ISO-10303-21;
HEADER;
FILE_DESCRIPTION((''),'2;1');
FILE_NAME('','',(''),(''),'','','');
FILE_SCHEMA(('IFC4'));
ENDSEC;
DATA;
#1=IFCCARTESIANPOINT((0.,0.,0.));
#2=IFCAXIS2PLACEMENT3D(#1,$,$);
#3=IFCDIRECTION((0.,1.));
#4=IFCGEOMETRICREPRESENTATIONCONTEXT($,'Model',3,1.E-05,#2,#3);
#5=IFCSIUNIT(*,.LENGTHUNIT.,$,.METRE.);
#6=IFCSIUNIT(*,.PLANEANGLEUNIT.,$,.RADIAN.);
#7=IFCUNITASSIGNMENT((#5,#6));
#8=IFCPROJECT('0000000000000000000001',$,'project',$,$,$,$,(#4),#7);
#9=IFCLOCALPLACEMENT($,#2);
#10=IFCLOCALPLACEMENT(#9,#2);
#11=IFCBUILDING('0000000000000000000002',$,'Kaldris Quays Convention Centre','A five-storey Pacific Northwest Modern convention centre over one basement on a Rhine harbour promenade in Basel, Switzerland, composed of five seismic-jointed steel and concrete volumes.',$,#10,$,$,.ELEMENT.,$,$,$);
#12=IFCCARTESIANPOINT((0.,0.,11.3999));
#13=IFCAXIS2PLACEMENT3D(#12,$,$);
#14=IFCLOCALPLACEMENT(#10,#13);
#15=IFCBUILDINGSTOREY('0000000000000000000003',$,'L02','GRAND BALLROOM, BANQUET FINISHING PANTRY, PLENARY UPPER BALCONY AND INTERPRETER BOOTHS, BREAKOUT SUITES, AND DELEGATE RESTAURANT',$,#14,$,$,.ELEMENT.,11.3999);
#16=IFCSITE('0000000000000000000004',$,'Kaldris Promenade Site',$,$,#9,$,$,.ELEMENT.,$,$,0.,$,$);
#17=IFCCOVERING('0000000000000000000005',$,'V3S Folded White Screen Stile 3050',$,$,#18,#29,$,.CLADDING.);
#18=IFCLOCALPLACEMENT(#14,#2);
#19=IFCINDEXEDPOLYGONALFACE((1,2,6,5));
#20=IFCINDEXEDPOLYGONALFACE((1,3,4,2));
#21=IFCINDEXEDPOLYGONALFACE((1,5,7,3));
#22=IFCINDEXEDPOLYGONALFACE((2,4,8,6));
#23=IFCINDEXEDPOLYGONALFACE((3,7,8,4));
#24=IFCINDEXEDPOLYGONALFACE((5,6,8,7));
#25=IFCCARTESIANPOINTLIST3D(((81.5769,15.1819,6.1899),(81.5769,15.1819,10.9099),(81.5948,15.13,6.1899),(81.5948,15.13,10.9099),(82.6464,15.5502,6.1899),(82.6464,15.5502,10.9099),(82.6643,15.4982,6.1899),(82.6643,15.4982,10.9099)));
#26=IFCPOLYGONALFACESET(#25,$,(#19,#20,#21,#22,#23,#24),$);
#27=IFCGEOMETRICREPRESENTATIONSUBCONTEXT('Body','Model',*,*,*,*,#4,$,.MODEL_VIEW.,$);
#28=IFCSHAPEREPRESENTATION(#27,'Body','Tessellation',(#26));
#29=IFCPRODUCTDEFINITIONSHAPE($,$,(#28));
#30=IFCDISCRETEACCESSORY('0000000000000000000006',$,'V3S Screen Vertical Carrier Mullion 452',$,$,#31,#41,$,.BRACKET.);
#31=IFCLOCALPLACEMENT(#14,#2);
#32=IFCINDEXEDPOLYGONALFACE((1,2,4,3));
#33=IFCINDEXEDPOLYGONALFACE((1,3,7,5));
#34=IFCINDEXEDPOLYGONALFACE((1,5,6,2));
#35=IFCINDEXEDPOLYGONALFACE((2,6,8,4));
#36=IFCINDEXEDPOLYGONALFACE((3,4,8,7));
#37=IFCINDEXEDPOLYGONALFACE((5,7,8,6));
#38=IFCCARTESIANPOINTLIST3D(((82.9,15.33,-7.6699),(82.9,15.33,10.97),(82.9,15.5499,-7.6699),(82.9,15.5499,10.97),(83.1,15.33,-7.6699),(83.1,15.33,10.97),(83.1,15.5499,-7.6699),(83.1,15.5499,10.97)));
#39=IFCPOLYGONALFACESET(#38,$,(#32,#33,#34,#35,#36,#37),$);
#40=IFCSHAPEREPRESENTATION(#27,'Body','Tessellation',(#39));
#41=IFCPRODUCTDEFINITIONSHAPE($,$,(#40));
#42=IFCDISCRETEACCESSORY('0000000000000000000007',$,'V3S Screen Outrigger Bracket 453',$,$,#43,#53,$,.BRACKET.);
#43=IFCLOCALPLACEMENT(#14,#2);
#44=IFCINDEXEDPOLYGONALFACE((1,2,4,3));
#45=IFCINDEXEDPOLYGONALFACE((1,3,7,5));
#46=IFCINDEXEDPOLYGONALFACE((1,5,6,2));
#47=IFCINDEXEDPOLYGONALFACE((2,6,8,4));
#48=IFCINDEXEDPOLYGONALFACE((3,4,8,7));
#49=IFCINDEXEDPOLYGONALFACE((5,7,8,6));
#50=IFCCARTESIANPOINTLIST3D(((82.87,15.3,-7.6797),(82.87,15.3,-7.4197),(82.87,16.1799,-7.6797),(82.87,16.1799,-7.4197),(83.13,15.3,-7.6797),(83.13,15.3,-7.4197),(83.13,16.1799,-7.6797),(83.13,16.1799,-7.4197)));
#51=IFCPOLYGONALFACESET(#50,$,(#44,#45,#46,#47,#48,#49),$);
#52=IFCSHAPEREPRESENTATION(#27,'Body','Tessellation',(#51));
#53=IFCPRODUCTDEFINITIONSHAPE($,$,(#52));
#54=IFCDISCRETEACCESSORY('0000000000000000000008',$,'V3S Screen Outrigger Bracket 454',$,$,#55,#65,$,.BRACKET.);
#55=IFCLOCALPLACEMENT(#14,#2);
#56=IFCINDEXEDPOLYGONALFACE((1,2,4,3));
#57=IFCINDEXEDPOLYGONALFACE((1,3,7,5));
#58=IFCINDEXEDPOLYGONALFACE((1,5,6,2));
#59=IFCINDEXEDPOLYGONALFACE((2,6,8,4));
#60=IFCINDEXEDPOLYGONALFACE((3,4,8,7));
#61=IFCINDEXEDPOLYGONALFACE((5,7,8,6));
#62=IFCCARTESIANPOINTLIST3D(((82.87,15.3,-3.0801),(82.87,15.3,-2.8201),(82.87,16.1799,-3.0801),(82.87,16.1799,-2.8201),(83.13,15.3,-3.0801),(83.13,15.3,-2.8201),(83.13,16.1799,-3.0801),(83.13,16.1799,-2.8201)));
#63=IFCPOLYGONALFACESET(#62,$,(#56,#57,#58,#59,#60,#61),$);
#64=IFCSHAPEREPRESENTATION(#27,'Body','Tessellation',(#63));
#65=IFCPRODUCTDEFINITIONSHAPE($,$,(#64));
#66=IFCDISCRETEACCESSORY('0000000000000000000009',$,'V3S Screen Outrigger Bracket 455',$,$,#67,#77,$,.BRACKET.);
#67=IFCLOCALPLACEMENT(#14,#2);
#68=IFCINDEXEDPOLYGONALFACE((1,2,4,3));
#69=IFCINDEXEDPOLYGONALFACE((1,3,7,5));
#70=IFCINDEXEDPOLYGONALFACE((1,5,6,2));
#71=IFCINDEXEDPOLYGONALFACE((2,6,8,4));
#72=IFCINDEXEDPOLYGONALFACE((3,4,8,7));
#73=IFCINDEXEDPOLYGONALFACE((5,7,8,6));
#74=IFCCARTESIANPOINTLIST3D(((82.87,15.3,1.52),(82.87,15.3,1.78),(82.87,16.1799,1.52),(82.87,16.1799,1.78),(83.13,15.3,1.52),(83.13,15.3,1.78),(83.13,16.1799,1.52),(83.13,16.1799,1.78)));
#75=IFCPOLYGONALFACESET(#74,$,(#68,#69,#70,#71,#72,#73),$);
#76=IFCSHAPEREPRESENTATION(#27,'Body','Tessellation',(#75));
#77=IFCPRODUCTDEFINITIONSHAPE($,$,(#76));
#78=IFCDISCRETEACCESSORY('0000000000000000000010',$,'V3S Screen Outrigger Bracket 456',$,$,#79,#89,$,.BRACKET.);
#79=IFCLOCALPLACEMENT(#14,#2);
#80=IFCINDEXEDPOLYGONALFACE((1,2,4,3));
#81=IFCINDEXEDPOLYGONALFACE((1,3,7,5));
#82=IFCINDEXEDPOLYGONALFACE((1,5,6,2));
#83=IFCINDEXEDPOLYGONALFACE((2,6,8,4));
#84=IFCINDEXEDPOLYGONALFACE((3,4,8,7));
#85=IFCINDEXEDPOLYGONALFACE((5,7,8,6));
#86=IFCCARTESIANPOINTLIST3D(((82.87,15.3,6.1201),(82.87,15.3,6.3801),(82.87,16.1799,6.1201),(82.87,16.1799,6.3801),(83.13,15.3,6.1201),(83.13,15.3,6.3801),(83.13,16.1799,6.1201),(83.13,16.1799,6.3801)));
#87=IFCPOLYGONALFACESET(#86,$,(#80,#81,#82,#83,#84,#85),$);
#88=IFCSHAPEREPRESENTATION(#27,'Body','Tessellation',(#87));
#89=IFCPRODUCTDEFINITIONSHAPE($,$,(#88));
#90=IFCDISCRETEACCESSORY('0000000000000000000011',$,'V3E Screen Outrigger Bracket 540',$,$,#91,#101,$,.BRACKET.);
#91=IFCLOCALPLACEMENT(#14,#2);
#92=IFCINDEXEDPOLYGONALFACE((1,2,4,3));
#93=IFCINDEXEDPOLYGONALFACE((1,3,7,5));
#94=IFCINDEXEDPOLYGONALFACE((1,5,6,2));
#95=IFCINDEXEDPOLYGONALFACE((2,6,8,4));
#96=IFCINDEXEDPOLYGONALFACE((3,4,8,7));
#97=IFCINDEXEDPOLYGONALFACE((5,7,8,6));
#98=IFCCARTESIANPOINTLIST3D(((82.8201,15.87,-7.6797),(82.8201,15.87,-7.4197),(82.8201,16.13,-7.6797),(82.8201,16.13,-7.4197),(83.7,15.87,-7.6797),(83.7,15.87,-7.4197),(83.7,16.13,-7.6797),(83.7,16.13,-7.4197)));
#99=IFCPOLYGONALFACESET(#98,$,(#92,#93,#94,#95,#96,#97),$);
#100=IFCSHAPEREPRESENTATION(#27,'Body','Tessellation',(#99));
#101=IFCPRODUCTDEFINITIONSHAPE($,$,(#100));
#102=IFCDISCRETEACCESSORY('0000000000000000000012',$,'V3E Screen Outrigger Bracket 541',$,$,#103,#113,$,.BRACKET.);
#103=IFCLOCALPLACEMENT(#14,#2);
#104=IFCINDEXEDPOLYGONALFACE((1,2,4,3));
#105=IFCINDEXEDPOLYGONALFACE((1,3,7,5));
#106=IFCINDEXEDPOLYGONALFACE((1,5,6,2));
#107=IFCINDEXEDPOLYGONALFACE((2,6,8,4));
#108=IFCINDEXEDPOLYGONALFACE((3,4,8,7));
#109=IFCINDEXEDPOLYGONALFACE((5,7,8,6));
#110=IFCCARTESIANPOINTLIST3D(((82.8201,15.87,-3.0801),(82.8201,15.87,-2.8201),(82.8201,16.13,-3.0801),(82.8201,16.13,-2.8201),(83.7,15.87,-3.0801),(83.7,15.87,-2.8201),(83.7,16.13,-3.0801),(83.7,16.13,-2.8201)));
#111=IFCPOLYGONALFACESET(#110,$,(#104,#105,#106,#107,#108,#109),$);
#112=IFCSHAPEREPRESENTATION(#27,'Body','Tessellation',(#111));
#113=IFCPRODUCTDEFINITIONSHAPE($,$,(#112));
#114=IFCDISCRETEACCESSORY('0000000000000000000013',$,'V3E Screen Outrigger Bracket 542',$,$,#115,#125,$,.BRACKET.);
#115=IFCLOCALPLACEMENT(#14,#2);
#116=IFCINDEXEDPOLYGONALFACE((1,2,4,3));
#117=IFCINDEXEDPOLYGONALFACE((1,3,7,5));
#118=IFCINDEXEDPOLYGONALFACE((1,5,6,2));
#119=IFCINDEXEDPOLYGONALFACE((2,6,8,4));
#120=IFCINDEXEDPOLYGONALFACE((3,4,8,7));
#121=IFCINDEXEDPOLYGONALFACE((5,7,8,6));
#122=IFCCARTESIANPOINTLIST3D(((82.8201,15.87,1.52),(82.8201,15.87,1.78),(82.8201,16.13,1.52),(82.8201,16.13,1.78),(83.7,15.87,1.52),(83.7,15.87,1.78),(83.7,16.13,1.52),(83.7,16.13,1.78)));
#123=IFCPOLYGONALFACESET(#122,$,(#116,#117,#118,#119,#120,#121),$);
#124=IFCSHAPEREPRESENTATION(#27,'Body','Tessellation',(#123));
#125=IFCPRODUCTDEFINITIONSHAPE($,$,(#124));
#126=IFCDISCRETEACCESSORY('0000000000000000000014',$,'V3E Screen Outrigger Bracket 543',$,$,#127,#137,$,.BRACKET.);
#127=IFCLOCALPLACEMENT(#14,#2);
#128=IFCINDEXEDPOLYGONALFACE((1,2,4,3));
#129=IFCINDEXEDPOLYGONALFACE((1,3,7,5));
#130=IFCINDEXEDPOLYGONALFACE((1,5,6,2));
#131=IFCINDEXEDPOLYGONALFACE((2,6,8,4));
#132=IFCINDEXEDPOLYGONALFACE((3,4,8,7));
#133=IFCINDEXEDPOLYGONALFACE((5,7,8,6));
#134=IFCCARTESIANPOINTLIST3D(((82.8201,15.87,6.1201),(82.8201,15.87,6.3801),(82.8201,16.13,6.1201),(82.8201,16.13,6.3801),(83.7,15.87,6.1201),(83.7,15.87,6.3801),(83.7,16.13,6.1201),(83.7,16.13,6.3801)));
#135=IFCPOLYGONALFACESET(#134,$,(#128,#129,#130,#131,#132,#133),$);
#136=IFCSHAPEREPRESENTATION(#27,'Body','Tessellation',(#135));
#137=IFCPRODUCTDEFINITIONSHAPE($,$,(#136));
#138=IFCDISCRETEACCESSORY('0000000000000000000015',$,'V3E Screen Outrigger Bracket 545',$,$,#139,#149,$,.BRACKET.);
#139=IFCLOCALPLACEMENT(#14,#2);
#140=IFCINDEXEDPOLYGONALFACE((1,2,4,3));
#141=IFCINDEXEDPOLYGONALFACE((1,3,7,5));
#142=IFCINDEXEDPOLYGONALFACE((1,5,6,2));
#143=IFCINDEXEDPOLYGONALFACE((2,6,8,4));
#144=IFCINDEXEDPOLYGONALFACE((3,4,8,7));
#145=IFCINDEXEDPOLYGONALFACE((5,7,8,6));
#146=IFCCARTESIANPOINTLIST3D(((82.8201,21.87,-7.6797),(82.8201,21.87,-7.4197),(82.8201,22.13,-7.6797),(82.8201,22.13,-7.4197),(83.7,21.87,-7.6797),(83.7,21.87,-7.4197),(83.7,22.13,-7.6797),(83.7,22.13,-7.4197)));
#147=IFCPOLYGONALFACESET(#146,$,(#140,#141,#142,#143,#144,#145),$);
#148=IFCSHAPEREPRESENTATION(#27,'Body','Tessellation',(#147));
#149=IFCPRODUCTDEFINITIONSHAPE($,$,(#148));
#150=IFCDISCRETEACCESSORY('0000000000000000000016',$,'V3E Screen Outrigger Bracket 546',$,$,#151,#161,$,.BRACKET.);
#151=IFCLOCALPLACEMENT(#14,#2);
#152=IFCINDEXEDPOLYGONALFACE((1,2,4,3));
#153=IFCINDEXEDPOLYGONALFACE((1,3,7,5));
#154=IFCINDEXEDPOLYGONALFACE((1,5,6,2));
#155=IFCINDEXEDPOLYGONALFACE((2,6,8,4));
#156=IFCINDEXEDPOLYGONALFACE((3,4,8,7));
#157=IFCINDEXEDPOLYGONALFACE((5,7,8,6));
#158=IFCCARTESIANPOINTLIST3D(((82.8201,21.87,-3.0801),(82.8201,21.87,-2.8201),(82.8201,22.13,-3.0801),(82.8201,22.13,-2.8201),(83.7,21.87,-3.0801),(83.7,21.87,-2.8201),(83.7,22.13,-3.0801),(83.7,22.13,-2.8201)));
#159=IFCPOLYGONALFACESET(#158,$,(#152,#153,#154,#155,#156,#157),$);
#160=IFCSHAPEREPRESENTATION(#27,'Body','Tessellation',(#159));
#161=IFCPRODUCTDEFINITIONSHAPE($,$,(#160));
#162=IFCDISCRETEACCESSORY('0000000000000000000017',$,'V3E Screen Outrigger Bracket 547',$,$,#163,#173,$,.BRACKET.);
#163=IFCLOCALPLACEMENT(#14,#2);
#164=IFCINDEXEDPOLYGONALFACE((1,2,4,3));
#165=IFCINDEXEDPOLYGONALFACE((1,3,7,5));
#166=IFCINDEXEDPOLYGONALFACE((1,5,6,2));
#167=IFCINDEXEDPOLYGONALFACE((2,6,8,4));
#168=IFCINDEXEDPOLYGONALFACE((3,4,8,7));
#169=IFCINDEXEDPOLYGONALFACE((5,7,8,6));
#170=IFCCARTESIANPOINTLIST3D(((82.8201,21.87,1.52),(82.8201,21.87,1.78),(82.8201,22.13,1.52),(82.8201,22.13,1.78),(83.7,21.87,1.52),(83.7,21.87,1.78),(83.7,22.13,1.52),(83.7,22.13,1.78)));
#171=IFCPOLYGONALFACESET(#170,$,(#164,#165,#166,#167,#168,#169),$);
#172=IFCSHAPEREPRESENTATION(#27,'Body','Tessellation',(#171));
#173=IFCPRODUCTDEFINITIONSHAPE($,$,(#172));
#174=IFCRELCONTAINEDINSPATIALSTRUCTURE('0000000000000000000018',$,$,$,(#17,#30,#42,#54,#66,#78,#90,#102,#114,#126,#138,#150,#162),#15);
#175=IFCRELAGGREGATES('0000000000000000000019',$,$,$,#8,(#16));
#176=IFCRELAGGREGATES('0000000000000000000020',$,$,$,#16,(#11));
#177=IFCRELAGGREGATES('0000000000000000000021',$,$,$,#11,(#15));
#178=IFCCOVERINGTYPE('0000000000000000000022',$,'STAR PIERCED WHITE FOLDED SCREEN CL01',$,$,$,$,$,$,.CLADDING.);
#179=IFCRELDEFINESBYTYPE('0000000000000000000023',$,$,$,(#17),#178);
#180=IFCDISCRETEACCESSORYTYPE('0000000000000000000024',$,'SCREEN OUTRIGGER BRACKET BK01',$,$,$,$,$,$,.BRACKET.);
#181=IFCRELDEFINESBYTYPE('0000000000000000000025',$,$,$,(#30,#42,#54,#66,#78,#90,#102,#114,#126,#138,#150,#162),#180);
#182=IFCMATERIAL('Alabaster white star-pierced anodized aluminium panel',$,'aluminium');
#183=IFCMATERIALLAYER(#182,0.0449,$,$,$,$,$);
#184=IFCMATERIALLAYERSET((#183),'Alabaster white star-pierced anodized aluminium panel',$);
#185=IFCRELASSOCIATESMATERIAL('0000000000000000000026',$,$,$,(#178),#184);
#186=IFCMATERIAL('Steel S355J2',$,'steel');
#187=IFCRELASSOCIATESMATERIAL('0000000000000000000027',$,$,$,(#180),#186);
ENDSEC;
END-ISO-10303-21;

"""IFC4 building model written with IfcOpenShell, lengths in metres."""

from ifc_helpers import new_model, si_unit, direction, frame, origin, origin_2d, place, context, subcontext, project, spatial, rectangle, extrude, material, layer, layer_set, type_object, element, save


model = new_model("IFC4")

# Units and contexts
model_context = context("Model", 3, precision=1e-05, world=origin(), true_north=direction((0.0, 1.0)))
body_context = subcontext(model_context, "Body", "Model", "MODEL_VIEW")
ifc_project = project(units=[si_unit("LENGTHUNIT", "METRE"), si_unit("PLANEANGLEUNIT", "RADIAN")], contexts=[model_context])

# Site, building, storey
site_placement = place(None, origin())
site = spatial("IfcSite", under=ifc_project, at=site_placement, Name="Kaldris Promenade Site", CompositionType="ELEMENT", RefElevation=0.0)
building_placement = place(site_placement, origin())
building = spatial("IfcBuilding", under=site, at=building_placement, Name="Kaldris Quays Convention Centre", Description="A five-storey Pacific Northwest Modern convention centre over one basement on a Rhine harbour promenade in Basel, Switzerland, composed of five seismic-jointed steel and concrete volumes.", CompositionType="ELEMENT")
storey_placement = place(building_placement, frame((0.0, 0.0, 11.3999)))
storey = spatial("IfcBuildingStorey", under=building, at=storey_placement, Name="L02", Description="GRAND BALLROOM, BANQUET FINISHING PANTRY, PLENARY UPPER BALCONY AND INTERPRETER BOOTHS, BREAKOUT SUITES, AND DELEGATE RESTAURANT", CompositionType="ELEMENT", Elevation=11.3999)

# Shared definitions
ifc_material_1 = material(Name="Steel S355J2", Category="steel")

# Covering
ifc_material_2 = material(Name="Alabaster white star-pierced anodized aluminium panel", Category="aluminium")
ifc_layer_1 = layer(ifc_material_2, 0.0449)
ifc_layer_set_1 = layer_set([ifc_layer_1], Name="Alabaster white star-pierced anodized aluminium panel")
covering_type = type_object("IfcCoveringType", Name="STAR PIERCED WHITE FOLDED SCREEN CL01", PredefinedType="CLADDING", material=ifc_layer_set_1)
for number, where, z_axis, x_axis, name in (
    (1, (82.1206, 15.3401, 6.1899), (0.0, 0.0, 1.0), (0.945519, 0.325568, 0.0), "V3S Folded White Screen Stile 3050"),
):
    element("IfcCovering", number, at=place(storey_placement, frame(where, z_axis=z_axis, x_axis=x_axis)), inside=storey, type_object=covering_type, Name=name, PredefinedType="CLADDING", context=body_context, shape_type="SweptSolid", body=[
        extrude(rectangle(XDim=1.1311, YDim=0.0549, at=origin_2d()), origin(), (0.0, 0.0, 1.0), 4.72),
    ])

# Discrete accessories
discrete_accessory_type = type_object("IfcDiscreteAccessoryType", Name="SCREEN OUTRIGGER BRACKET BK01", PredefinedType="BRACKET", material=ifc_material_1)
discrete_accessory_placement = place(storey_placement, frame((83.0, 15.4399, -7.6699), z_axis=(0.0, 0.0, 1.0), x_axis=(1.0, 0.0, 0.0)))
element("IfcDiscreteAccessory", 2, at=discrete_accessory_placement, inside=storey, type_object=discrete_accessory_type, Name="V3S Screen Vertical Carrier Mullion 452", PredefinedType="BRACKET", context=body_context, shape_type="SweptSolid", body=[
    extrude(rectangle(XDim=0.2, YDim=0.22, at=origin_2d()), origin(), (0.0, 0.0, 1.0), 18.6399),
])
for number, where, z_axis, x_axis, name in (
    (3, (83.0, 15.74, -7.6797), (0.0, 0.0, 1.0), (1.0, 0.0, 0.0), "V3S Screen Outrigger Bracket 453"),
    (4, (83.0, 15.74, -3.0801), (0.0, 0.0, 1.0), (1.0, 0.0, 0.0), "V3S Screen Outrigger Bracket 454"),
    (5, (83.0, 15.74, 1.52), (0.0, 0.0, 1.0), (1.0, 0.0, 0.0), "V3S Screen Outrigger Bracket 455"),
    (6, (83.0, 15.74, 6.1201), (0.0, 0.0, 1.0), (1.0, 0.0, 0.0), "V3S Screen Outrigger Bracket 456"),
    (7, (83.26, 16.0, -7.6797), (0.0, 0.0, 1.0), (0.0, 1.0, 0.0), "V3E Screen Outrigger Bracket 540"),
    (8, (83.26, 16.0, -3.0801), (0.0, 0.0, 1.0), (0.0, 1.0, 0.0), "V3E Screen Outrigger Bracket 541"),
    (9, (83.26, 16.0, 1.52), (0.0, 0.0, 1.0), (0.0, 1.0, 0.0), "V3E Screen Outrigger Bracket 542"),
    (10, (83.26, 16.0, 6.1201), (0.0, 0.0, 1.0), (0.0, 1.0, 0.0), "V3E Screen Outrigger Bracket 543"),
    (11, (83.26, 22.0, -7.6797), (0.0, 0.0, 1.0), (0.0, 1.0, 0.0), "V3E Screen Outrigger Bracket 545"),
    (12, (83.26, 22.0, -3.0801), (0.0, 0.0, 1.0), (0.0, 1.0, 0.0), "V3E Screen Outrigger Bracket 546"),
    (13, (83.26, 22.0, 1.52), (0.0, 0.0, 1.0), (0.0, 1.0, 0.0), "V3E Screen Outrigger Bracket 547"),
):
    element("IfcDiscreteAccessory", number, at=place(storey_placement, frame(where, z_axis=z_axis, x_axis=x_axis)), inside=storey, type_object=discrete_accessory_type, Name=name, PredefinedType="BRACKET", context=body_context, shape_type="SweptSolid", body=[
        extrude(rectangle(XDim=0.26, YDim=0.8799, at=origin_2d()), origin(), (0.0, 0.0, 1.0), 0.26),
    ])

save(model, "model.ifc")
